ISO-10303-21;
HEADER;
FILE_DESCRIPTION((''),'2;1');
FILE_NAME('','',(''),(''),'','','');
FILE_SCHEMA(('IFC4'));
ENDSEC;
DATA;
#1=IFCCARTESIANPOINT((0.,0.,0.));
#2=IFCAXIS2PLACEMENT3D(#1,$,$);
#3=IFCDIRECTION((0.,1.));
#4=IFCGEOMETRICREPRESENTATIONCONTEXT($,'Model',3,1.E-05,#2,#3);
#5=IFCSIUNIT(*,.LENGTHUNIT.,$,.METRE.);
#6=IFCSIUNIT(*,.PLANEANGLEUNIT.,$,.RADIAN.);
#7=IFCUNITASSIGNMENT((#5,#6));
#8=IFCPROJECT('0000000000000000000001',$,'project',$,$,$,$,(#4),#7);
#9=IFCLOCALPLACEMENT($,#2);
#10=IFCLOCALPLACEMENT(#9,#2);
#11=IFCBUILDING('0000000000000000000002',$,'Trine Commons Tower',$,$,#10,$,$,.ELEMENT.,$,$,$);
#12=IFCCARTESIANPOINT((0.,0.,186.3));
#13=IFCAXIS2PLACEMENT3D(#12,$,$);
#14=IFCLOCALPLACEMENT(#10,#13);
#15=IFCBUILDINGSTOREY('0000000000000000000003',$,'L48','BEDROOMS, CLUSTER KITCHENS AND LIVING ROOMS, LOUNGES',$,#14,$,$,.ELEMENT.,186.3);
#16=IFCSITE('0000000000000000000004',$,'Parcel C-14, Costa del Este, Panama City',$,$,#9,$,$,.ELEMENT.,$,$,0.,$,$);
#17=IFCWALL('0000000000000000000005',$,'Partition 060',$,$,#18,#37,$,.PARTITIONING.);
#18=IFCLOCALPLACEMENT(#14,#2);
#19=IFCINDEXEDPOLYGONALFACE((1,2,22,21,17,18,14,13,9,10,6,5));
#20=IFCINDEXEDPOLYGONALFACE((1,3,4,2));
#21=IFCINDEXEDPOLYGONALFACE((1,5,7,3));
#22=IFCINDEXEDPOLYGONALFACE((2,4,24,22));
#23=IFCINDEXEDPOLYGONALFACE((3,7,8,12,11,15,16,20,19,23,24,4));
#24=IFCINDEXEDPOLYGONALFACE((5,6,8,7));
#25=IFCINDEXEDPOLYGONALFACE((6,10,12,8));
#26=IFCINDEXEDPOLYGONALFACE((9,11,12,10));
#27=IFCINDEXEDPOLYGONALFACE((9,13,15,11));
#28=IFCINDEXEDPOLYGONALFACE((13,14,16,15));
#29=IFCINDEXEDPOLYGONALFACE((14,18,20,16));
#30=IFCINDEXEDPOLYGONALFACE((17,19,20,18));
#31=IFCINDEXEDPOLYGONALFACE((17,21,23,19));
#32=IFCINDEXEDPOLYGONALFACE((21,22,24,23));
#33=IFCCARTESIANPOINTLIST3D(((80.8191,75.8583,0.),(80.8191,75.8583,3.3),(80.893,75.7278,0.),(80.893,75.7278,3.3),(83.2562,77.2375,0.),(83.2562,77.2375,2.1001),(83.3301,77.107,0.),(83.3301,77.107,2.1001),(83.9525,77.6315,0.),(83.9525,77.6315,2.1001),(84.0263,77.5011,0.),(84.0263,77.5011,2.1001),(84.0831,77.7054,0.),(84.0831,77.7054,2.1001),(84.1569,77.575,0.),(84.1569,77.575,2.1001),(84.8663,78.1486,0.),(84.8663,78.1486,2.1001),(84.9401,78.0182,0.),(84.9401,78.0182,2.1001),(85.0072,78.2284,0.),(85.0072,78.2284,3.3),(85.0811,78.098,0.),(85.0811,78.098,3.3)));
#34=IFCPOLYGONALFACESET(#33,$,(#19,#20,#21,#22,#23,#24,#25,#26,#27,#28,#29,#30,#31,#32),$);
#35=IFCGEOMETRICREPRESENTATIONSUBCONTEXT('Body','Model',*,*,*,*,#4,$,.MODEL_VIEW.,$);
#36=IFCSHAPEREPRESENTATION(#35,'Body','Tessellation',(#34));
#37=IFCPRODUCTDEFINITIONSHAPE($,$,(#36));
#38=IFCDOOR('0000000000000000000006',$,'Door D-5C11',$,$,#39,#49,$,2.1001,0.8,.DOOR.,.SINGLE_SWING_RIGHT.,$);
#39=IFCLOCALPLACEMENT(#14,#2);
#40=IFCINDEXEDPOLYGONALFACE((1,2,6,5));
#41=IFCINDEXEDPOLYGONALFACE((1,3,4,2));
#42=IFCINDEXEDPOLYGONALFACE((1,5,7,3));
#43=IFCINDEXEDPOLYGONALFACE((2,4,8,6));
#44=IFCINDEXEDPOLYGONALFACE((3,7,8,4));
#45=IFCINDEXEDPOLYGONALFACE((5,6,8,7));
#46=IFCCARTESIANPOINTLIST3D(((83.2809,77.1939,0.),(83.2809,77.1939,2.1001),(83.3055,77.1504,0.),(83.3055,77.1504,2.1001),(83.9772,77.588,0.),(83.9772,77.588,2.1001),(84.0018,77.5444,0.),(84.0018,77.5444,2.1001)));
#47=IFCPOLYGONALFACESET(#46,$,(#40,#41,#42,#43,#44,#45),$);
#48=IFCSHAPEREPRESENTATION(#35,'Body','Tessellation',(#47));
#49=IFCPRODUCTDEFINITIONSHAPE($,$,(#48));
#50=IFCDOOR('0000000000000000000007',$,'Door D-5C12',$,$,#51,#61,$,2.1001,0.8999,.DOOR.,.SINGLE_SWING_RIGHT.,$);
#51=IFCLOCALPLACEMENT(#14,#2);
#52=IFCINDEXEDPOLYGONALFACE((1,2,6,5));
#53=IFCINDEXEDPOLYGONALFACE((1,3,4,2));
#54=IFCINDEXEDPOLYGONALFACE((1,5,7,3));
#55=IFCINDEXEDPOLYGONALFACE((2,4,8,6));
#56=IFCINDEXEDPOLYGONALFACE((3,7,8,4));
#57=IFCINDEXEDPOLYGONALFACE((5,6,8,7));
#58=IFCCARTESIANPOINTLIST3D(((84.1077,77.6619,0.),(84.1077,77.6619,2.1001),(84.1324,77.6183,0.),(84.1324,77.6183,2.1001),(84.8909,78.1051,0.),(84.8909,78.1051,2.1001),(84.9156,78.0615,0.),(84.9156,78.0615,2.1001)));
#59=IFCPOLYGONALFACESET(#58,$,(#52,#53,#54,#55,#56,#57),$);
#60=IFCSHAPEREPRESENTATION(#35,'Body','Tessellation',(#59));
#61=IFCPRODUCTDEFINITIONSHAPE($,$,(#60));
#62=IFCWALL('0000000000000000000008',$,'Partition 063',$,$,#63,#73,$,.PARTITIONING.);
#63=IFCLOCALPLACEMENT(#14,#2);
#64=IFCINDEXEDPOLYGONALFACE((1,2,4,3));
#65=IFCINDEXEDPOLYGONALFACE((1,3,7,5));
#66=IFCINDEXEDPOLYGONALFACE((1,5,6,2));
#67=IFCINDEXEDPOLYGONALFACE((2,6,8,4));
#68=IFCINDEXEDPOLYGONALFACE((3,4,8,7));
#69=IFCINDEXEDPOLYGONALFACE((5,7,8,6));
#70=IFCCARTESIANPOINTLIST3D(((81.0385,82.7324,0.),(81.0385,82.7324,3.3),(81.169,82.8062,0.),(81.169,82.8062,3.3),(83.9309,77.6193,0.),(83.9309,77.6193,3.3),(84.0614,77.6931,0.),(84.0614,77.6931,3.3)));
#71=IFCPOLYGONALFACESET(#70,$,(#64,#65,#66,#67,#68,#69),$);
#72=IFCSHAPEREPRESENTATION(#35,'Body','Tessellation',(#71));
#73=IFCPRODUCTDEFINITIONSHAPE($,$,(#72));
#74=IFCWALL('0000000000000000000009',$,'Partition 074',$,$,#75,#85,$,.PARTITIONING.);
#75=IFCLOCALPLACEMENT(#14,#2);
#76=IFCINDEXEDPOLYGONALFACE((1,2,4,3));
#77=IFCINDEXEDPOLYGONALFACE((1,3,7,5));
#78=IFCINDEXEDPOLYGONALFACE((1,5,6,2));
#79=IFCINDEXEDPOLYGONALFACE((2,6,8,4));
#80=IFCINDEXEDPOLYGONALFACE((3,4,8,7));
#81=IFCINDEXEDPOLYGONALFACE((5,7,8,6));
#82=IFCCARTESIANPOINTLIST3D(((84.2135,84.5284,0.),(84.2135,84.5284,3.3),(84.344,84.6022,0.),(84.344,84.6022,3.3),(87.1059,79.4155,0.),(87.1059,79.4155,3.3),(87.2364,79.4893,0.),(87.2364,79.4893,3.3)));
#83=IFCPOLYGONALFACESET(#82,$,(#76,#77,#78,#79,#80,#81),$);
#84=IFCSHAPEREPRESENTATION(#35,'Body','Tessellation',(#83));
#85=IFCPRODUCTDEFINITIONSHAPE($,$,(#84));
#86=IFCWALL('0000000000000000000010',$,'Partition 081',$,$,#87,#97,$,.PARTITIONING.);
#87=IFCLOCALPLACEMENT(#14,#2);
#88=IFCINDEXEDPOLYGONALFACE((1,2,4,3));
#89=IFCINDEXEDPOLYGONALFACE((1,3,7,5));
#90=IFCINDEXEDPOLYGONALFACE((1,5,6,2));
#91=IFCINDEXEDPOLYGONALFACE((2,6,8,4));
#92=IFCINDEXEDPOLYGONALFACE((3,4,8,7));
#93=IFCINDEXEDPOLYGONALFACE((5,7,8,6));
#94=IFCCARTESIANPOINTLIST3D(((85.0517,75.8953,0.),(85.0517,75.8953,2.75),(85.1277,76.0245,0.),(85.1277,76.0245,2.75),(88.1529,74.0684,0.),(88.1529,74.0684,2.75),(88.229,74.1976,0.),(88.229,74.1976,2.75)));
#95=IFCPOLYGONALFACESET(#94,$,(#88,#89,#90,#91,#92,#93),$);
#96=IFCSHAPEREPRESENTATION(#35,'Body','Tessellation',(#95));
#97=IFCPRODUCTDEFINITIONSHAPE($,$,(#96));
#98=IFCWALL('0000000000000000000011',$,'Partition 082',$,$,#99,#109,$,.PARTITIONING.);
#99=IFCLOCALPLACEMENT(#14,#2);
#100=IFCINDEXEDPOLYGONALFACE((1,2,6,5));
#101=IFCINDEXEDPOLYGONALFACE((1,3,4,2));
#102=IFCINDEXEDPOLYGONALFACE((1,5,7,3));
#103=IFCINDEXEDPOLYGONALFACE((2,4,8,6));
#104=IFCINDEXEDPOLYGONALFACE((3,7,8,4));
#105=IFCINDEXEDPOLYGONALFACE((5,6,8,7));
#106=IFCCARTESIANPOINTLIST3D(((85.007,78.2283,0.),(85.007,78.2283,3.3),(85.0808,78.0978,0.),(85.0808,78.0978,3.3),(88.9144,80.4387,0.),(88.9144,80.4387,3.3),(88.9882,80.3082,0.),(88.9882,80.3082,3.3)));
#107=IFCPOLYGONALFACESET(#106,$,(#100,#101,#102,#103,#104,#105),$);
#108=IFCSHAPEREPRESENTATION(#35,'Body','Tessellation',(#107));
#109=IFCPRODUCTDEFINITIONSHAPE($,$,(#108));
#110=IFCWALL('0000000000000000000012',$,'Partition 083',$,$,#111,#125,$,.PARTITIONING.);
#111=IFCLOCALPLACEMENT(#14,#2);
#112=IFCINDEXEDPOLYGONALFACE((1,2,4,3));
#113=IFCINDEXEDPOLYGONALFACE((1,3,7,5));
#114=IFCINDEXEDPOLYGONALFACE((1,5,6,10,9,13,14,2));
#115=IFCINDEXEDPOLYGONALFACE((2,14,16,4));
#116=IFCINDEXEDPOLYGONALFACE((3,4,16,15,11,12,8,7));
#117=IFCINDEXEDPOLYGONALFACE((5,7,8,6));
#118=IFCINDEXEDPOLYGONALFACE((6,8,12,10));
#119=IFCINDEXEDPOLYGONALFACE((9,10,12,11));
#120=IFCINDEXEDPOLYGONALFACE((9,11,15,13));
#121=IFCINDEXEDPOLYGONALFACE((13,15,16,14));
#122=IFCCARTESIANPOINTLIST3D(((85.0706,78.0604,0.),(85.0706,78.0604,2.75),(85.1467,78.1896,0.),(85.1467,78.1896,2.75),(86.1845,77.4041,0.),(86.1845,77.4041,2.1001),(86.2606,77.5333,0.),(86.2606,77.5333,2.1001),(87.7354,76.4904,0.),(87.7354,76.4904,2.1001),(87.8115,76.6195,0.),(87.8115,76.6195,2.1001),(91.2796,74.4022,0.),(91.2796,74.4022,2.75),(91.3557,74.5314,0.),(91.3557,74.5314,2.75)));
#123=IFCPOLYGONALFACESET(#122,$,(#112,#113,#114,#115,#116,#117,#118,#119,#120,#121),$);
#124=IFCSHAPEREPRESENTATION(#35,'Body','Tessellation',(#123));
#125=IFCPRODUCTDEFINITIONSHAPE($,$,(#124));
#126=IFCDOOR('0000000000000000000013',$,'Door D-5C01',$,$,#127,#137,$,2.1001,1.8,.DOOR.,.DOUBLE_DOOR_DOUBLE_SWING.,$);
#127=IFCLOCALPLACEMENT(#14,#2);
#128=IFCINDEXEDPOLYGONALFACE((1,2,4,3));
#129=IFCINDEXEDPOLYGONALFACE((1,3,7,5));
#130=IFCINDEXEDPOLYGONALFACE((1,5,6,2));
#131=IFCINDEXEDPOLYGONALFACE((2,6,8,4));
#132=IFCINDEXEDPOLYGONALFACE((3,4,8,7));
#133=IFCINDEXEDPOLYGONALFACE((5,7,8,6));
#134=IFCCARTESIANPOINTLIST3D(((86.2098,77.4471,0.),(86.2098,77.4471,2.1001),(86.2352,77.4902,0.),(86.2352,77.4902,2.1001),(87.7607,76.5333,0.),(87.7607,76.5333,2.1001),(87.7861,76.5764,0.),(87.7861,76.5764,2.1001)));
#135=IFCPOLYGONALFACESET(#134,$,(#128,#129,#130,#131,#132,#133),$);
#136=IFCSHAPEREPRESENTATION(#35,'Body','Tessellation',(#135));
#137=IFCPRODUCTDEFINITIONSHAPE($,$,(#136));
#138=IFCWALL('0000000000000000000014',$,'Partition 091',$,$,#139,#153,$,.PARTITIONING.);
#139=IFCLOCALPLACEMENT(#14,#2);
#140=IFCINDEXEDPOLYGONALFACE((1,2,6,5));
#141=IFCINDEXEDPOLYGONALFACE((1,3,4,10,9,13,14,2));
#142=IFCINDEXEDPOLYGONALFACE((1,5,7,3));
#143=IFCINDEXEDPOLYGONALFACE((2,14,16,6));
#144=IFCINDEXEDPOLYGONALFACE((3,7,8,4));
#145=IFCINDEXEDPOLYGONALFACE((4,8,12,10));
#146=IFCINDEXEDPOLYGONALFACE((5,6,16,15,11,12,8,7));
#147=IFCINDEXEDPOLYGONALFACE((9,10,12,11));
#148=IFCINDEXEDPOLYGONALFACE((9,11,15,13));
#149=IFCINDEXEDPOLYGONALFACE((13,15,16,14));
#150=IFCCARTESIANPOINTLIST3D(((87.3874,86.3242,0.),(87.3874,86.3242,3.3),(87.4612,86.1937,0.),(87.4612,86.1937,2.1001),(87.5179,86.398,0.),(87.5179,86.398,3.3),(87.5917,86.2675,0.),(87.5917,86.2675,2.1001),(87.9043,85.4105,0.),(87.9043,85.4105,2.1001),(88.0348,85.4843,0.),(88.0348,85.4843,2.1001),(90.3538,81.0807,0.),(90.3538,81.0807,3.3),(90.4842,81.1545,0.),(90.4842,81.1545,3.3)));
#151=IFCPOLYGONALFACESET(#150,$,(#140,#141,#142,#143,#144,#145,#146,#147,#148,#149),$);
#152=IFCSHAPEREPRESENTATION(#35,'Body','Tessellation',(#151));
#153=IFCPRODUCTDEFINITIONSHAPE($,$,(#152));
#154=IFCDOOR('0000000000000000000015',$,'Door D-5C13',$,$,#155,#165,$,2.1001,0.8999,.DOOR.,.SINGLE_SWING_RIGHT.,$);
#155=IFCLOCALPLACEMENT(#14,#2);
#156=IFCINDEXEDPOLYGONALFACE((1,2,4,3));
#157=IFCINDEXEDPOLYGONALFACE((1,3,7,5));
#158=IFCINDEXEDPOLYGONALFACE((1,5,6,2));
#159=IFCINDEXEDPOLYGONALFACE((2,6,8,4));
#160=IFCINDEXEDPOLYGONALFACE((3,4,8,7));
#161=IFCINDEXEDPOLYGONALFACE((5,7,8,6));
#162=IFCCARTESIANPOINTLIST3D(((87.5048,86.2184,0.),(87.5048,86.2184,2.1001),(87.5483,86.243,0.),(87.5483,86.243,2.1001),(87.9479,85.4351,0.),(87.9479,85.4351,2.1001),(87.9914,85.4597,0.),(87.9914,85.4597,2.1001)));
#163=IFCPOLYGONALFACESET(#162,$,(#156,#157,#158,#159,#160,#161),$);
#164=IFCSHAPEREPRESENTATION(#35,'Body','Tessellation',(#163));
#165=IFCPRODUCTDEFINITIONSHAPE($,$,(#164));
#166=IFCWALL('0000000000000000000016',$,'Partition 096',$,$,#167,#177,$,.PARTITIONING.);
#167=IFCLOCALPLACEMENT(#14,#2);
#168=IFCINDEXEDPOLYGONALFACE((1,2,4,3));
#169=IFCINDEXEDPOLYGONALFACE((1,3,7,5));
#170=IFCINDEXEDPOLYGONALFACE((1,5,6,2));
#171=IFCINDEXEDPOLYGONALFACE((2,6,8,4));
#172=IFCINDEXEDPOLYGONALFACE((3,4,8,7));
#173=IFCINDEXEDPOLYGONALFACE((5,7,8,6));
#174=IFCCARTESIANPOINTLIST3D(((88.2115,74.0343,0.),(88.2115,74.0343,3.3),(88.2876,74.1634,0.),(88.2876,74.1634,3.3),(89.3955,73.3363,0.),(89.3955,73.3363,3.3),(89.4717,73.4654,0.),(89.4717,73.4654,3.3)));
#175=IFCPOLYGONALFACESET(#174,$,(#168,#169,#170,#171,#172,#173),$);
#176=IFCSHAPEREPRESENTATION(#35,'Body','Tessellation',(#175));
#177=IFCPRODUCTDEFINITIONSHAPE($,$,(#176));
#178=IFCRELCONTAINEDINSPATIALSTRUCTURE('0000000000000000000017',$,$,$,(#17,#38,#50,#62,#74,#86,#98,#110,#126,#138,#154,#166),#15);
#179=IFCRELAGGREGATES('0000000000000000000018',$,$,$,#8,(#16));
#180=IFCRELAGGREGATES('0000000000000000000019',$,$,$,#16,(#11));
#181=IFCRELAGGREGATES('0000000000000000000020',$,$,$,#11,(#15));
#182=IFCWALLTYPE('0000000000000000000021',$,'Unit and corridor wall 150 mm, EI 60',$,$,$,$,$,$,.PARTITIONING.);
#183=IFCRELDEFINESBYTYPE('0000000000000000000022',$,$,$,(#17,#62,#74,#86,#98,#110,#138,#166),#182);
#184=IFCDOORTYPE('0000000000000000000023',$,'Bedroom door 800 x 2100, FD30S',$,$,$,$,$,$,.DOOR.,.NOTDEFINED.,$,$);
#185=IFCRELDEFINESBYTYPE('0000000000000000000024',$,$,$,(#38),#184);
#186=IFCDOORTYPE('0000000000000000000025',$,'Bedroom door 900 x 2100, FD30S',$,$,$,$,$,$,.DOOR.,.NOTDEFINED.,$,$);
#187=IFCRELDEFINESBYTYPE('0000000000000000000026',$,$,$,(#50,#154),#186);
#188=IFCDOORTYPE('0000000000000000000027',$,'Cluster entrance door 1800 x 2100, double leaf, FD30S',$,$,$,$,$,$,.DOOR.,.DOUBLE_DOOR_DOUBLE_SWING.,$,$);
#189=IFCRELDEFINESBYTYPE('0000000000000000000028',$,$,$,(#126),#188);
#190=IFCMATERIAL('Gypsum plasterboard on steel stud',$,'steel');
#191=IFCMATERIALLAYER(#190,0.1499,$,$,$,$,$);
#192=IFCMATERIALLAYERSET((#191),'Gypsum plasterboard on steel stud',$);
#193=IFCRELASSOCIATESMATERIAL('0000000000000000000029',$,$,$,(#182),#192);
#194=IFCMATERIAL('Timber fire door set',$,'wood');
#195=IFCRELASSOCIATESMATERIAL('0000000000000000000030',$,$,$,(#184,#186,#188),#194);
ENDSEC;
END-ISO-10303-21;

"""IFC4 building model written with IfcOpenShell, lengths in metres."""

from ifc_helpers import new_model, si_unit, direction, frame, frame_2d, origin, place, context, subcontext, project, spatial, rectangle, extrude, material, layer, layer_set, type_object, element, fill, save


model = new_model("IFC4")

# Units and contexts
model_context = context("Model", 3, precision=1e-05, world=origin(), true_north=direction((0.0, 1.0)))
body_context = subcontext(model_context, "Body", "Model", "MODEL_VIEW")
ifc_project = project(units=[si_unit("LENGTHUNIT", "METRE"), si_unit("PLANEANGLEUNIT", "RADIAN")], contexts=[model_context])

# Site, building, storey
site_placement = place(None, origin())
site = spatial("IfcSite", under=ifc_project, at=site_placement, Name="Parcel C-14, Costa del Este, Panama City", CompositionType="ELEMENT", RefElevation=0.0)
building_placement = place(site_placement, origin())
building = spatial("IfcBuilding", under=site, at=building_placement, Name="Trine Commons Tower", CompositionType="ELEMENT")
storey_placement = place(building_placement, frame((0.0, 0.0, 186.3)))
storey = spatial("IfcBuildingStorey", under=building, at=storey_placement, Name="L48", Description="BEDROOMS, CLUSTER KITCHENS AND LIVING ROOMS, LOUNGES", CompositionType="ELEMENT", Elevation=186.3)

# Wall, openings, doors
ifc_material_1 = material(Name="Gypsum plasterboard on steel stud", Category="steel")
ifc_layer_1 = layer(ifc_material_1, 0.1499)
ifc_layer_set_1 = layer_set([ifc_layer_1], Name="Gypsum plasterboard on steel stud")
wall_type_1 = type_object("IfcWallType", Name="Unit and corridor wall 150 mm, EI 60", PredefinedType="PARTITIONING", material=ifc_layer_set_1)
wall_1_placement = place(storey_placement, frame((80.856, 75.793, 0.0), z_axis=(0.0, 0.0, 1.0), x_axis=(0.870296, 0.492529, 0.0)))
wall_1 = element("IfcWall", 1, at=wall_1_placement, inside=storey, type_object=wall_type_1, Name="Partition 060", PredefinedType="PARTITIONING", context=body_context, shape_type="SweptSolid", body=[
    extrude(rectangle(XDim=4.8123, YDim=0.1499, at=frame_2d((2.4062, 0.0))), origin(), (0.0, 0.0, 1.0), 3.3),
])
opening_1_placement = place(wall_1_placement, frame((2.8005, 0.0, 0.0)))
opening_1 = element("IfcOpeningElement", 2, at=opening_1_placement, cuts=wall_1, PredefinedType="OPENING", context=body_context, shape_type="SweptSolid", body=[
    extrude(rectangle(XDim=0.8, YDim=2.1001, at=frame_2d((0.3999, 1.05))), frame((0.0, 0.085, 0.0), z_axis=(0.0, -1.0, 0.0), x_axis=(1.0, 0.0, 0.0)), (0.0, 0.0, 1.0), 0.1699),
])
opening_2_placement = place(wall_1_placement, frame((3.7505, 0.0, 0.0)))
opening_2 = element("IfcOpeningElement", 3, at=opening_2_placement, cuts=wall_1, PredefinedType="OPENING", context=body_context, shape_type="SweptSolid", body=[
    extrude(rectangle(XDim=0.8999, YDim=2.1001, at=frame_2d((0.45, 1.05))), frame((0.0, 0.085, 0.0), z_axis=(0.0, -1.0, 0.0), x_axis=(1.0, 0.0, 0.0)), (0.0, 0.0, 1.0), 0.1699),
])
ifc_material_2 = material(Name="Timber fire door set", Category="wood")
door_type_1 = type_object("IfcDoorType", Name="Bedroom door 800 x 2100, FD30S", OperationType="NOTDEFINED", PredefinedType="DOOR", material=ifc_material_2)
door_1_placement = place(opening_1_placement, origin())
door_1 = element("IfcDoor", 4, at=door_1_placement, inside=storey, type_object=door_type_1, Name="Door D-5C11", OperationType="SINGLE_SWING_RIGHT", OverallHeight=2.1001, OverallWidth=0.8, PredefinedType="DOOR", context=body_context, shape_type="SweptSolid", body=[
    extrude(rectangle(XDim=0.8, YDim=2.1001, at=frame_2d((0.3999, 1.05))), frame((0.0, 0.0249, 0.0), z_axis=(0.0, -1.0, 0.0), x_axis=(1.0, 0.0, 0.0)), (0.0, 0.0, 1.0), 0.05),
])
fill(opening_1, door_1)
door_type_2 = type_object("IfcDoorType", Name="Bedroom door 900 x 2100, FD30S", OperationType="NOTDEFINED", PredefinedType="DOOR", material=ifc_material_2)
door_2_placement = place(opening_2_placement, origin())
door_2 = element("IfcDoor", 5, at=door_2_placement, inside=storey, type_object=door_type_2, Name="Door D-5C12", OperationType="SINGLE_SWING_RIGHT", OverallHeight=2.1001, OverallWidth=0.8999, PredefinedType="DOOR", context=body_context, shape_type="SweptSolid", body=[
    extrude(rectangle(XDim=0.8999, YDim=2.1001, at=frame_2d((0.45, 1.05))), frame((0.0, 0.0249, 0.0), z_axis=(0.0, -1.0, 0.0), x_axis=(1.0, 0.0, 0.0)), (0.0, 0.0, 1.0), 0.05),
])
fill(opening_2, door_2)

# Walls
wall_2_placement = place(storey_placement, frame((81.1038, 82.7693, 0.0), z_axis=(0.0, 0.0, 1.0), x_axis=(0.492361, -0.870391, 0.0)))
element("IfcWall", 6, at=wall_2_placement, inside=storey, type_object=wall_type_1, Name="Partition 063", PredefinedType="PARTITIONING", context=body_context, shape_type="SweptSolid", body=[
    extrude(rectangle(XDim=5.8745, YDim=0.1499, at=frame_2d((2.9373, 0.0))), origin(), (0.0, 0.0, 1.0), 3.3),
])
wall_3_placement = place(storey_placement, frame((84.2788, 84.5652, 0.0), z_axis=(0.0, 0.0, 1.0), x_axis=(0.492379, -0.870381, 0.0)))
element("IfcWall", 7, at=wall_3_placement, inside=storey, type_object=wall_type_1, Name="Partition 074", PredefinedType="PARTITIONING", context=body_context, shape_type="SweptSolid", body=[
    extrude(rectangle(XDim=5.8743, YDim=0.1499, at=frame_2d((2.937, 0.0))), origin(), (0.0, 0.0, 1.0), 3.3),
])
wall_4_placement = place(storey_placement, frame((85.0896, 75.96, 0.0), z_axis=(0.0, 0.0, 1.0), x_axis=(0.861618, -0.507557, 0.0)))
element("IfcWall", 8, at=wall_4_placement, inside=storey, type_object=wall_type_1, Name="Partition 081", PredefinedType="PARTITIONING", context=body_context, shape_type="SweptSolid", body=[
    extrude(rectangle(XDim=3.5994, YDim=0.1499, at=frame_2d((1.7998, 0.0))), origin(), (0.0, 0.0, 1.0), 2.75),
])
wall_5_placement = place(storey_placement, frame((85.0439, 78.1631, 0.0), z_axis=(0.0, 0.0, 1.0), x_axis=(0.870384, 0.492374, 0.0)))
element("IfcWall", 9, at=wall_5_placement, inside=storey, type_object=wall_type_1, Name="Partition 082", PredefinedType="PARTITIONING", context=body_context, shape_type="SweptSolid", body=[
    extrude(rectangle(XDim=4.4893, YDim=0.1499, at=frame_2d((2.2446, 0.0))), origin(), (0.0, 0.0, 1.0), 3.3),
])

# Walls, openings, doors
wall_6_placement = place(storey_placement, frame((85.1086, 78.125, 0.0), z_axis=(0.0, 0.0, 1.0), x_axis=(0.861579, -0.507624, 0.0)))
wall_6 = element("IfcWall", 10, at=wall_6_placement, inside=storey, type_object=wall_type_1, Name="Partition 083", PredefinedType="PARTITIONING", context=body_context, shape_type="SweptSolid", body=[
    extrude(rectangle(XDim=7.2065, YDim=0.1499, at=frame_2d((3.6033, 0.0))), origin(), (0.0, 0.0, 1.0), 2.75),
])
opening_3_placement = place(wall_6_placement, frame((1.293, 0.0, 0.0)))
opening_3 = element("IfcOpeningElement", 11, at=opening_3_placement, cuts=wall_6, PredefinedType="OPENING", context=body_context, shape_type="SweptSolid", body=[
    extrude(rectangle(XDim=1.8, YDim=2.1001, at=frame_2d((0.8999, 1.05))), frame((0.0, 0.085, 0.0), z_axis=(0.0, -1.0, 0.0), x_axis=(1.0, 0.0, 0.0)), (0.0, 0.0, 1.0), 0.1699),
])
door_type_3 = type_object("IfcDoorType", Name="Cluster entrance door 1800 x 2100, double leaf, FD30S", OperationType="DOUBLE_DOOR_DOUBLE_SWING", PredefinedType="DOOR", material=ifc_material_2)
door_3_placement = place(opening_3_placement, origin())
door_3 = element("IfcDoor", 12, at=door_3_placement, inside=storey, type_object=door_type_3, Name="Door D-5C01", OperationType="DOUBLE_DOOR_DOUBLE_SWING", OverallHeight=2.1001, OverallWidth=1.8, PredefinedType="DOOR", context=body_context, shape_type="SweptSolid", body=[
    extrude(rectangle(XDim=1.8, YDim=2.1001, at=frame_2d((0.8999, 1.05))), frame((0.0, 0.0249, 0.0), z_axis=(0.0, -1.0, 0.0), x_axis=(1.0, 0.0, 0.0)), (0.0, 0.0, 1.0), 0.05),
])
fill(opening_3, door_3)
wall_7_placement = place(storey_placement, frame((87.4526, 86.3611, 0.0), z_axis=(0.0, 0.0, 1.0), x_axis=(0.49239, -0.870375, 0.0)))
wall_7 = element("IfcWall", 13, at=wall_7_placement, inside=storey, type_object=wall_type_1, Name="Partition 091", PredefinedType="PARTITIONING", context=body_context, shape_type="SweptSolid", body=[
    extrude(rectangle(XDim=6.0244, YDim=0.1499, at=frame_2d((3.0122, 0.0))), origin(), (0.0, 0.0, 1.0), 3.3),
])
opening_4_placement = place(wall_7_placement, frame((0.1499, 0.0, 0.0)))
opening_4 = element("IfcOpeningElement", 14, at=opening_4_placement, cuts=wall_7, PredefinedType="OPENING", context=body_context, shape_type="SweptSolid", body=[
    extrude(rectangle(XDim=0.8999, YDim=2.1001, at=frame_2d((0.45, 1.05))), frame((0.0, 0.085, 0.0), z_axis=(0.0, -1.0, 0.0), x_axis=(1.0, 0.0, 0.0)), (0.0, 0.0, 1.0), 0.1699),
])
door_4_placement = place(opening_4_placement, frame((0.8999, 0.0, 0.0), z_axis=(0.0, 0.0, 1.0), x_axis=(-1.0, 0.0, 0.0)))
door_4 = element("IfcDoor", 15, at=door_4_placement, inside=storey, type_object=door_type_2, Name="Door D-5C13", OperationType="SINGLE_SWING_RIGHT", OverallHeight=2.1001, OverallWidth=0.8999, PredefinedType="DOOR", context=body_context, shape_type="SweptSolid", body=[
    extrude(rectangle(XDim=0.8999, YDim=2.1001, at=frame_2d((0.45, 1.05))), frame((0.0, 0.0249, 0.0), z_axis=(0.0, -1.0, 0.0), x_axis=(1.0, 0.0, 0.0)), (0.0, 0.0, 1.0), 0.05),
])
fill(opening_4, door_4)

# Wall
wall_8_placement = place(storey_placement, frame((88.2495, 74.0989, 0.0), z_axis=(0.0, 0.0, 1.0), x_axis=(0.861464, -0.507819, 0.0)))
element("IfcWall", 16, at=wall_8_placement, inside=storey, type_object=wall_type_1, Name="Partition 096", PredefinedType="PARTITIONING", context=body_context, shape_type="SweptSolid", body=[
    extrude(rectangle(XDim=1.3745, YDim=0.1499, at=frame_2d((0.6873, 0.0))), origin(), (0.0, 0.0, 1.0), 3.3),
])

save(model, "model.ifc")
